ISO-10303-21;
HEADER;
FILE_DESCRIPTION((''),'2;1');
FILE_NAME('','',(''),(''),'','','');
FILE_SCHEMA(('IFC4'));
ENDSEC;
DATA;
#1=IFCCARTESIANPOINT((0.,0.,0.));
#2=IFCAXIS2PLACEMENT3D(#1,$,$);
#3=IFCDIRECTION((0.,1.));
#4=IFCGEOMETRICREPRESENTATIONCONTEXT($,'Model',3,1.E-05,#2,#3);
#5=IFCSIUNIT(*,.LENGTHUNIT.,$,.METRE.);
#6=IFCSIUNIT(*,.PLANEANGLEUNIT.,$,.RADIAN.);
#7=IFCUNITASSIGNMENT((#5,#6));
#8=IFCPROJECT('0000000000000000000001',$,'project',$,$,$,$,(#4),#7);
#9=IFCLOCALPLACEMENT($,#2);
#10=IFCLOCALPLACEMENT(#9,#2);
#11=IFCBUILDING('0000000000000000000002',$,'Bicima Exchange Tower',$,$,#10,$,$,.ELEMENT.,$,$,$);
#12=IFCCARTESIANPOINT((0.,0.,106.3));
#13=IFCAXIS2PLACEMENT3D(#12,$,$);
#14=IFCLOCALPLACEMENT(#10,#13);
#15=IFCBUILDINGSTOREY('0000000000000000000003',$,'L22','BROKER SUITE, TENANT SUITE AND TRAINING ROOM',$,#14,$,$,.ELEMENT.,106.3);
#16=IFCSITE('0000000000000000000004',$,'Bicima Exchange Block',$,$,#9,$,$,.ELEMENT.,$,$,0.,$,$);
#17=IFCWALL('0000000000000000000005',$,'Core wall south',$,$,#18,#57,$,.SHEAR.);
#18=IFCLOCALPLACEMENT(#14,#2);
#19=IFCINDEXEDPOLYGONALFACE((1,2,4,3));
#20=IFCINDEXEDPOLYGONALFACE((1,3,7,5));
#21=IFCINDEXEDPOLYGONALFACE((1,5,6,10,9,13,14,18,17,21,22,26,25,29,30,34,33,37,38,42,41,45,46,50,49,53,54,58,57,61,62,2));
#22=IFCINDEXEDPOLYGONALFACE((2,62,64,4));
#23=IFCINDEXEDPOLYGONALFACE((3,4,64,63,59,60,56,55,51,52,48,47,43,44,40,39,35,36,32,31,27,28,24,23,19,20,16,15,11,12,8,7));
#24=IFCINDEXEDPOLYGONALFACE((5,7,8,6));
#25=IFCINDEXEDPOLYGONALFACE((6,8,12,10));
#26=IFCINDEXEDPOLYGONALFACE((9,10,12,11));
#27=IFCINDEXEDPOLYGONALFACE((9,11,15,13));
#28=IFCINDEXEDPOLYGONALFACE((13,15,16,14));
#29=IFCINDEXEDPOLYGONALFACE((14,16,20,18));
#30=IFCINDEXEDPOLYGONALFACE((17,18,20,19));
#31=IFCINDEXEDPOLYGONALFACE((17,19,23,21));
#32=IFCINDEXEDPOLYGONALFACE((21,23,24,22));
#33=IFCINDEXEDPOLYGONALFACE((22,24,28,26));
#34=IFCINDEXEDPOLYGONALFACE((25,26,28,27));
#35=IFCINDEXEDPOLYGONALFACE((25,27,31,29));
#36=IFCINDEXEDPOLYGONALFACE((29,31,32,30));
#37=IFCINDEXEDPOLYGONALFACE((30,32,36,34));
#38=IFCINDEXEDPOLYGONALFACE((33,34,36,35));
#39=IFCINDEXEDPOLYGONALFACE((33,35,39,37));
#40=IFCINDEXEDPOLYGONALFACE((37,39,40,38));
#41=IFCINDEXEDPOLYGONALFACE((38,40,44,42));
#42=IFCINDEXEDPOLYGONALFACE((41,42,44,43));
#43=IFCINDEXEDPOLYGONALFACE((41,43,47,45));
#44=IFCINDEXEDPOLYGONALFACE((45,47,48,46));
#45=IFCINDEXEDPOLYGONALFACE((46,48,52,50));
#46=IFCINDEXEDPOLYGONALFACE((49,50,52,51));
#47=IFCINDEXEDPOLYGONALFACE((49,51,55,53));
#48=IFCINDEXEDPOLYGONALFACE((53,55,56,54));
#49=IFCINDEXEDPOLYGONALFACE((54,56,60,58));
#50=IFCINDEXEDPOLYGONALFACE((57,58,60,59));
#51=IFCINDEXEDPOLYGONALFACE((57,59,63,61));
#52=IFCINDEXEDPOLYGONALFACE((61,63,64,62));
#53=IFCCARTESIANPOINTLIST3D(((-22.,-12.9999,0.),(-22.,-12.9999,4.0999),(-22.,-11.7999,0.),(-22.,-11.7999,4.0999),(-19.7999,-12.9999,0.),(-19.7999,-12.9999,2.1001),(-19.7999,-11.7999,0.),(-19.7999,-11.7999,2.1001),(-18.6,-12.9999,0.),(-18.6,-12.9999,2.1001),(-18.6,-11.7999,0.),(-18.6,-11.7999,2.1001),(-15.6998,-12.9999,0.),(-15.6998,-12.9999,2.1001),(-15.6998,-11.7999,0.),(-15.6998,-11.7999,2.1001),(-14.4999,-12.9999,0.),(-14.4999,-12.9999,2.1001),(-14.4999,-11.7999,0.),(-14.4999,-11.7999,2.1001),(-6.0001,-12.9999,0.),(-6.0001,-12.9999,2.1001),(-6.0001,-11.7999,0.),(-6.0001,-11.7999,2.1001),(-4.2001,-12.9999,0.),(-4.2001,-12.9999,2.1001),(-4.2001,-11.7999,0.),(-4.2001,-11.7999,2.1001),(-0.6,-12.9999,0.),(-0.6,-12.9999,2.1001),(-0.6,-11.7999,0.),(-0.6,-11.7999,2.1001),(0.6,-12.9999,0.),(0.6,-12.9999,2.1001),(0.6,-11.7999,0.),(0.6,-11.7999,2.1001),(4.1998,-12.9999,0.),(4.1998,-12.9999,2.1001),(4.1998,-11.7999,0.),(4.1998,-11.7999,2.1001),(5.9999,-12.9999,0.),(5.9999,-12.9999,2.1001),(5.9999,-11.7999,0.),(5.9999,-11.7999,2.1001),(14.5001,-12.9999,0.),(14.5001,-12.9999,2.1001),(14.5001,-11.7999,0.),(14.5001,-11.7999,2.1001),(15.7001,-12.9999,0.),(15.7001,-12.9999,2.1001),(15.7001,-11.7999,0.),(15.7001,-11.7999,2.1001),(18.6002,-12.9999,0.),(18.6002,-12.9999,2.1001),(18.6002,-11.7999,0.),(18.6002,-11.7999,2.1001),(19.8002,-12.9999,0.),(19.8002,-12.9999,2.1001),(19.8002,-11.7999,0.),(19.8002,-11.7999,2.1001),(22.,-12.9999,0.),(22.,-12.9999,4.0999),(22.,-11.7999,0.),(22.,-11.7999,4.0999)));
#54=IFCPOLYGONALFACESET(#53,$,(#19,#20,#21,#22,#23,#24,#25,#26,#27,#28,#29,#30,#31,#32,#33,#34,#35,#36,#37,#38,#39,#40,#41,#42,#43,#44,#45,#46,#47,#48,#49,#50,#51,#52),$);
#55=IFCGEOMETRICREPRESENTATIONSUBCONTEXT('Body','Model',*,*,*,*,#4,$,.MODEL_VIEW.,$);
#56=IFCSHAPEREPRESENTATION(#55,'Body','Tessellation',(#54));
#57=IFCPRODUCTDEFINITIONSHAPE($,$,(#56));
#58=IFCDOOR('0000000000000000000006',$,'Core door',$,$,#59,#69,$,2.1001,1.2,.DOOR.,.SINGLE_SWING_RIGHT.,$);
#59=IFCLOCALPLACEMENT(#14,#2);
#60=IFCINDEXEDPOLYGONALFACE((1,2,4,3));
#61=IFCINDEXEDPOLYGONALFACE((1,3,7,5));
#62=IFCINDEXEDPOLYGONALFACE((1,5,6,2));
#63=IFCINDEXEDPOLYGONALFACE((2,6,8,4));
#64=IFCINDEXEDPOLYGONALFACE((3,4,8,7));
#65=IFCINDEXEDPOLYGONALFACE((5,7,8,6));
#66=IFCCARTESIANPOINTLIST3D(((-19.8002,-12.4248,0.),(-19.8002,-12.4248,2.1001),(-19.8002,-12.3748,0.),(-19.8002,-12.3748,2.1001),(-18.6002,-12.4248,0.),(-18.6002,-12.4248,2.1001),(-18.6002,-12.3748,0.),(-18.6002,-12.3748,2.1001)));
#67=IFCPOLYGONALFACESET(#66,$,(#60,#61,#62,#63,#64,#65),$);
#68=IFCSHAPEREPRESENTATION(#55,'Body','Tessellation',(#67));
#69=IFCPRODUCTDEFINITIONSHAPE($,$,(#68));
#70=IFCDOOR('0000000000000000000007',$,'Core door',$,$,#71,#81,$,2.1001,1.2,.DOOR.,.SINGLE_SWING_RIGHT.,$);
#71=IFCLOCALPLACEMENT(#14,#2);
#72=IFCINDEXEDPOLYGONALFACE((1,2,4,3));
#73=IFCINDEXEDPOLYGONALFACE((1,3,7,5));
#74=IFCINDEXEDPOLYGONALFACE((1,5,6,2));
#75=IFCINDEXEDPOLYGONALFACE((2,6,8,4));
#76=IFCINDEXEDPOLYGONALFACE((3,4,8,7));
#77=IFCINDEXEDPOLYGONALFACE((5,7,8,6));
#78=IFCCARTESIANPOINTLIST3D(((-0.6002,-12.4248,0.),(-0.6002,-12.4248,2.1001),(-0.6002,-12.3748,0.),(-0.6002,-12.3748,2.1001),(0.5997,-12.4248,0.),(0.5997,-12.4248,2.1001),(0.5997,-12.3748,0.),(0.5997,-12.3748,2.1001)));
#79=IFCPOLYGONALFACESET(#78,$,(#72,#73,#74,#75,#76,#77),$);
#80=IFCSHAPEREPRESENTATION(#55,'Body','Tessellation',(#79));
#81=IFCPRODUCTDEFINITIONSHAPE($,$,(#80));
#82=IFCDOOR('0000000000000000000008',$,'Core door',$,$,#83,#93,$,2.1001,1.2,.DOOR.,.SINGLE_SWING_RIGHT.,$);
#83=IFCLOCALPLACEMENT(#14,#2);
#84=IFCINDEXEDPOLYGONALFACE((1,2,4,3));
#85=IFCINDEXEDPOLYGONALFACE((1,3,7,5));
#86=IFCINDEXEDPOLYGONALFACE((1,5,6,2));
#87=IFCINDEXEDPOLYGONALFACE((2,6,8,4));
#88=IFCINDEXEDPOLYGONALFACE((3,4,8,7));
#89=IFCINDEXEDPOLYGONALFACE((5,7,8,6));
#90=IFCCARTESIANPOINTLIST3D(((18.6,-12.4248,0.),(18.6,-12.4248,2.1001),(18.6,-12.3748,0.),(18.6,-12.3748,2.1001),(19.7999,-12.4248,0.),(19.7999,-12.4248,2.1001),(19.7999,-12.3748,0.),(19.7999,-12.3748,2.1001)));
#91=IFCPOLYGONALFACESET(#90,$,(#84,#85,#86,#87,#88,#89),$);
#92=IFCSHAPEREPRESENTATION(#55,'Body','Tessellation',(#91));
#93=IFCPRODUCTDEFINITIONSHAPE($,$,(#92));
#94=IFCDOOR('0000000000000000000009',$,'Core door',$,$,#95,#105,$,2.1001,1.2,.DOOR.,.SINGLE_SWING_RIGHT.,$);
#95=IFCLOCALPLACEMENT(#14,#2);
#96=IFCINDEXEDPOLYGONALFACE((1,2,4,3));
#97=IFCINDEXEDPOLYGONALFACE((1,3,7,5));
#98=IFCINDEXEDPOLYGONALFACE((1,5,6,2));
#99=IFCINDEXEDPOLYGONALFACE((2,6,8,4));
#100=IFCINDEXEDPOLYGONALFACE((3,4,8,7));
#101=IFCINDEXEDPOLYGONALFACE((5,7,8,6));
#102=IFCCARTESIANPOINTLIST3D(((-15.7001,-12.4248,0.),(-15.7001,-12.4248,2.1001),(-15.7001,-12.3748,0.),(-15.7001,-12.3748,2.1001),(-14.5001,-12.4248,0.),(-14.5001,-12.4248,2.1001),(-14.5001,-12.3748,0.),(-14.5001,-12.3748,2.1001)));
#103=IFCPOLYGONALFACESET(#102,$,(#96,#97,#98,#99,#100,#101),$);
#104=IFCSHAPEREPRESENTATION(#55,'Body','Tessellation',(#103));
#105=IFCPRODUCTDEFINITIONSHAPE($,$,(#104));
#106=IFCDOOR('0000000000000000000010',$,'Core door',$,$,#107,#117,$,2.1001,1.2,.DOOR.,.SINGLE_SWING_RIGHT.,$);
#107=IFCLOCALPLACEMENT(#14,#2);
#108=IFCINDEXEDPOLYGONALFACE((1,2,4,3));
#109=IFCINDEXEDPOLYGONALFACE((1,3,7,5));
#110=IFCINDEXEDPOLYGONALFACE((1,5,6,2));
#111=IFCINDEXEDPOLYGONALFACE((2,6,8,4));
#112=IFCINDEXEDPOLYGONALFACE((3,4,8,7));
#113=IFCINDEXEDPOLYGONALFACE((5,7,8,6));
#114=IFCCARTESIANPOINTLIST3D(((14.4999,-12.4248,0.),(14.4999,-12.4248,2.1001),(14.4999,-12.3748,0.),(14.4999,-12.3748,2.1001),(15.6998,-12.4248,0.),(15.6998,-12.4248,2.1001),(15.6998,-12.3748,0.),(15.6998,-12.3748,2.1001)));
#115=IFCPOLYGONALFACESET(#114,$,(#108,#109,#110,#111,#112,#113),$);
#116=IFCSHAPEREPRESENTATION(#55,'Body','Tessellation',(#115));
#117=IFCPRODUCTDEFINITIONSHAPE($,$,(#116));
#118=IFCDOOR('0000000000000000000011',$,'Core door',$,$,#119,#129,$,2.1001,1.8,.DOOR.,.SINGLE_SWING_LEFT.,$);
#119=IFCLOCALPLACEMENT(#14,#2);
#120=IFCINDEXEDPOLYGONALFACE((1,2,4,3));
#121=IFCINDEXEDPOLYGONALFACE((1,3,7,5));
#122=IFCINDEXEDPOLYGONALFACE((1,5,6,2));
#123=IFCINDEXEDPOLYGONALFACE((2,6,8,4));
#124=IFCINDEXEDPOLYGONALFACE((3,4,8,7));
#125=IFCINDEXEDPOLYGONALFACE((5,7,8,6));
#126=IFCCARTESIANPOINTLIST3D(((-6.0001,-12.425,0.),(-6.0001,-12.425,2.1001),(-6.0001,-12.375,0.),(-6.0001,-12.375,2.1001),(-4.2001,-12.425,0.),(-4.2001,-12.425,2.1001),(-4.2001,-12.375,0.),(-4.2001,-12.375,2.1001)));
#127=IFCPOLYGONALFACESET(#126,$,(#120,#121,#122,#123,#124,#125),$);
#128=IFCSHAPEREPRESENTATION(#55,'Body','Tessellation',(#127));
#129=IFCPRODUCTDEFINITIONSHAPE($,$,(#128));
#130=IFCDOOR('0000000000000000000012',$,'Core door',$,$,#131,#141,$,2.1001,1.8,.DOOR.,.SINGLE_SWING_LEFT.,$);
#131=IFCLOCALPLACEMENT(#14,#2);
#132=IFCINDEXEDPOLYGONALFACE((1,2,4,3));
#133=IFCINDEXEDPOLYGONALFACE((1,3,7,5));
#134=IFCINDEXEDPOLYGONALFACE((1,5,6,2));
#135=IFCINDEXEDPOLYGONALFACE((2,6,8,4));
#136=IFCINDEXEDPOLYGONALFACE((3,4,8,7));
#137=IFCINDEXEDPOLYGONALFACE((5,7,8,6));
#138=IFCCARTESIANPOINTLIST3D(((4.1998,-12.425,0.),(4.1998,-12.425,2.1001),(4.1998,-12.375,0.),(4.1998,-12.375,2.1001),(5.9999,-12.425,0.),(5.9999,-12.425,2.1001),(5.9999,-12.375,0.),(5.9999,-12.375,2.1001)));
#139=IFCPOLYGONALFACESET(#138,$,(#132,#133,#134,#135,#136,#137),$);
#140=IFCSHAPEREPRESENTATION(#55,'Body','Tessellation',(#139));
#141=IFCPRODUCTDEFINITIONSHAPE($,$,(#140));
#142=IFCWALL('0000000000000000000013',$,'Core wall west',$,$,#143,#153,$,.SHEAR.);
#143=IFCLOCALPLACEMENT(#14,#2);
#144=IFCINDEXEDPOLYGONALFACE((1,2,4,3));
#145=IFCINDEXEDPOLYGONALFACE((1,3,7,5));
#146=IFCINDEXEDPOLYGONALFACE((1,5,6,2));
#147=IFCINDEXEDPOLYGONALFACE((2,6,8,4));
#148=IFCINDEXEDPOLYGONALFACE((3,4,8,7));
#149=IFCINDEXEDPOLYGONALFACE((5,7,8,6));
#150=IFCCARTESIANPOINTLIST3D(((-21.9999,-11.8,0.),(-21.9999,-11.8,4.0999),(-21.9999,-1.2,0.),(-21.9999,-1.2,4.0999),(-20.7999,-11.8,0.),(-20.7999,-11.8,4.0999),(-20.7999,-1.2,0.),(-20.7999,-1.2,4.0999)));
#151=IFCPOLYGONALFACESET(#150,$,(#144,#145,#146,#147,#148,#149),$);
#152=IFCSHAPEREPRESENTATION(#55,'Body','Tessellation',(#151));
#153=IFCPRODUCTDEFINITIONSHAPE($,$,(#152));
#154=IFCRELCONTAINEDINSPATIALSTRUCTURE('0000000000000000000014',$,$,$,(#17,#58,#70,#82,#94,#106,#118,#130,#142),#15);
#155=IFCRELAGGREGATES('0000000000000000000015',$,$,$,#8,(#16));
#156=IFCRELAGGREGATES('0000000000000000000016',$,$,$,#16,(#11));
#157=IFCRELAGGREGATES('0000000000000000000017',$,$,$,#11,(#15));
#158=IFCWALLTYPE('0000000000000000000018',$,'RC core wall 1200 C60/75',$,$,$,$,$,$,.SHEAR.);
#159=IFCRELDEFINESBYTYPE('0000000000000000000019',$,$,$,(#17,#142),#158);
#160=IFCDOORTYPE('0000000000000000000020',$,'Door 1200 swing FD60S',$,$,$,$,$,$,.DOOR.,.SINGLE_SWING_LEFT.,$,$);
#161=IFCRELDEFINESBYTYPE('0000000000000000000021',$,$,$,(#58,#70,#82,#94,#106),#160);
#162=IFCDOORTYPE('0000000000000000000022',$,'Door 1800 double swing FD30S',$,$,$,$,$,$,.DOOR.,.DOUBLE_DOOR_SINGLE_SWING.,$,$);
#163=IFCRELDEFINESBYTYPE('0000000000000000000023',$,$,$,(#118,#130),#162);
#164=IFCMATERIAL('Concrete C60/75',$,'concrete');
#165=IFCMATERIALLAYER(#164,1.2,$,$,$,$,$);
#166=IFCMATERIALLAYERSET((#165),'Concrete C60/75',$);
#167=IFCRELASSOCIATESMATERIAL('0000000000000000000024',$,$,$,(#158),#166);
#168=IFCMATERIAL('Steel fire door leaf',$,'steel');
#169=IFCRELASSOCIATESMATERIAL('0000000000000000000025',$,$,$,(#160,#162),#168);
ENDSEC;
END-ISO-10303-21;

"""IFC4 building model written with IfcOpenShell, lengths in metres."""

from ifc_helpers import new_model, si_unit, direction, frame, frame_2d, origin, place, context, subcontext, project, spatial, rectangle, extrude, material, layer, layer_set, type_object, element, fill, save


model = new_model("IFC4")

# Units and contexts
model_context = context("Model", 3, precision=1e-05, world=origin(), true_north=direction((0.0, 1.0)))
body_context = subcontext(model_context, "Body", "Model", "MODEL_VIEW")
ifc_project = project(units=[si_unit("LENGTHUNIT", "METRE"), si_unit("PLANEANGLEUNIT", "RADIAN")], contexts=[model_context])

# Site, building, storey
site_placement = place(None, origin())
site = spatial("IfcSite", under=ifc_project, at=site_placement, Name="Bicima Exchange Block", CompositionType="ELEMENT", RefElevation=0.0)
building_placement = place(site_placement, origin())
building = spatial("IfcBuilding", under=site, at=building_placement, Name="Bicima Exchange Tower", CompositionType="ELEMENT")
storey_placement = place(building_placement, frame((0.0, 0.0, 106.3)))
storey = spatial("IfcBuildingStorey", under=building, at=storey_placement, Name="L22", Description="BROKER SUITE, TENANT SUITE AND TRAINING ROOM", CompositionType="ELEMENT", Elevation=106.3)

# Shared definitions
ifc_material_1 = material(Name="Steel fire door leaf", Category="steel")

# Wall, openings, doors
ifc_material_2 = material(Name="Concrete C60/75", Category="concrete")
ifc_layer_1 = layer(ifc_material_2, 1.2)
ifc_layer_set_1 = layer_set([ifc_layer_1], Name="Concrete C60/75")
wall_type_1 = type_object("IfcWallType", Name="RC core wall 1200 C60/75", PredefinedType="SHEAR", material=ifc_layer_set_1)
wall_1_placement = place(storey_placement, frame((-22.0, -12.3999, 0.0), z_axis=(0.0, 0.0, 1.0), x_axis=(1.0, 0.0, 0.0)))
wall_1 = element("IfcWall", 1, at=wall_1_placement, inside=storey, type_object=wall_type_1, Name="Core wall south", PredefinedType="SHEAR", context=body_context, shape_type="SweptSolid", body=[
    extrude(rectangle(XDim=44.0, YDim=1.2, at=frame_2d((22.0, 0.0))), origin(), (0.0, 0.0, 1.0), 4.0999),
])
opening_1_placement = place(wall_1_placement, frame((2.2, 0.0, 0.0)))
opening_1 = element("IfcOpeningElement", 2, at=opening_1_placement, cuts=wall_1, PredefinedType="OPENING", context=body_context, shape_type="SweptSolid", body=[
    extrude(rectangle(XDim=1.2, YDim=2.1001, at=frame_2d((0.6001, 1.05))), frame((0.0, 0.6118, 0.0), z_axis=(0.0, -1.0, 0.0), x_axis=(1.0, 0.0, 0.0)), (0.0, 0.0, 1.0), 1.2239),
])
opening_2_placement = place(wall_1_placement, frame((21.3999, 0.0, 0.0)))
opening_2 = element("IfcOpeningElement", 3, at=opening_2_placement, cuts=wall_1, PredefinedType="OPENING", context=body_context, shape_type="SweptSolid", body=[
    extrude(rectangle(XDim=1.2, YDim=2.1001, at=frame_2d((0.6001, 1.05))), frame((0.0, 0.6118, 0.0), z_axis=(0.0, -1.0, 0.0), x_axis=(1.0, 0.0, 0.0)), (0.0, 0.0, 1.0), 1.2239),
])
opening_3_placement = place(wall_1_placement, frame((40.6001, 0.0, 0.0)))
opening_3 = element("IfcOpeningElement", 4, at=opening_3_placement, cuts=wall_1, PredefinedType="OPENING", context=body_context, shape_type="SweptSolid", body=[
    extrude(rectangle(XDim=1.2, YDim=2.1001, at=frame_2d((0.6001, 1.05))), frame((0.0, 0.6118, 0.0), z_axis=(0.0, -1.0, 0.0), x_axis=(1.0, 0.0, 0.0)), (0.0, 0.0, 1.0), 1.2239),
])
opening_4_placement = place(wall_1_placement, frame((16.0, 0.0, 0.0)))
opening_4 = element("IfcOpeningElement", 5, at=opening_4_placement, cuts=wall_1, PredefinedType="OPENING", context=body_context, shape_type="SweptSolid", body=[
    extrude(rectangle(XDim=1.8, YDim=2.1001, at=frame_2d((0.8999, 1.05))), frame((0.0, 0.6118, 0.0), z_axis=(0.0, -1.0, 0.0), x_axis=(1.0, 0.0, 0.0)), (0.0, 0.0, 1.0), 1.2239),
])
opening_5_placement = place(wall_1_placement, frame((6.3, 0.0, 0.0)))
opening_5 = element("IfcOpeningElement", 6, at=opening_5_placement, cuts=wall_1, PredefinedType="OPENING", context=body_context, shape_type="SweptSolid", body=[
    extrude(rectangle(XDim=1.2, YDim=2.1001, at=frame_2d((0.6001, 1.05))), frame((0.0, 0.6118, 0.0), z_axis=(0.0, -1.0, 0.0), x_axis=(1.0, 0.0, 0.0)), (0.0, 0.0, 1.0), 1.2239),
])
opening_6_placement = place(wall_1_placement, frame((26.2, 0.0, 0.0)))
opening_6 = element("IfcOpeningElement", 7, at=opening_6_placement, cuts=wall_1, PredefinedType="OPENING", context=body_context, shape_type="SweptSolid", body=[
    extrude(rectangle(XDim=1.8, YDim=2.1001, at=frame_2d((0.8999, 1.05))), frame((0.0, 0.6118, 0.0), z_axis=(0.0, -1.0, 0.0), x_axis=(1.0, 0.0, 0.0)), (0.0, 0.0, 1.0), 1.2239),
])
opening_7_placement = place(wall_1_placement, frame((36.5, 0.0, 0.0)))
opening_7 = element("IfcOpeningElement", 8, at=opening_7_placement, cuts=wall_1, PredefinedType="OPENING", context=body_context, shape_type="SweptSolid", body=[
    extrude(rectangle(XDim=1.2, YDim=2.1001, at=frame_2d((0.6001, 1.05))), frame((0.0, 0.6118, 0.0), z_axis=(0.0, -1.0, 0.0), x_axis=(1.0, 0.0, 0.0)), (0.0, 0.0, 1.0), 1.2239),
])
door_type_1 = type_object("IfcDoorType", Name="Door 1200 swing FD60S", OperationType="SINGLE_SWING_LEFT", PredefinedType="DOOR", material=ifc_material_1)
door_1_placement = place(opening_1_placement, frame((1.2, 0.0, 0.0), z_axis=(0.0, 0.0, 1.0), x_axis=(-1.0, 0.0, 0.0)))
door_1 = element("IfcDoor", 9, at=door_1_placement, inside=storey, type_object=door_type_1, Name="Core door", OperationType="SINGLE_SWING_RIGHT", OverallHeight=2.1001, OverallWidth=1.2, PredefinedType="DOOR", context=body_context, shape_type="SweptSolid", body=[
    extrude(rectangle(XDim=1.2, YDim=2.1001, at=frame_2d((0.6001, 1.05))), frame((0.0, 0.0249, 0.0), z_axis=(0.0, -1.0, 0.0), x_axis=(1.0, 0.0, 0.0)), (0.0, 0.0, 1.0), 0.05),
])
fill(opening_1, door_1)
door_2_placement = place(opening_2_placement, frame((1.2, 0.0, 0.0), z_axis=(0.0, 0.0, 1.0), x_axis=(-1.0, 0.0, 0.0)))
door_2 = element("IfcDoor", 10, at=door_2_placement, inside=storey, type_object=door_type_1, Name="Core door", OperationType="SINGLE_SWING_RIGHT", OverallHeight=2.1001, OverallWidth=1.2, PredefinedType="DOOR", context=body_context, shape_type="SweptSolid", body=[
    extrude(rectangle(XDim=1.2, YDim=2.1001, at=frame_2d((0.6001, 1.05))), frame((0.0, 0.0249, 0.0), z_axis=(0.0, -1.0, 0.0), x_axis=(1.0, 0.0, 0.0)), (0.0, 0.0, 1.0), 0.05),
])
fill(opening_2, door_2)
door_3_placement = place(opening_3_placement, frame((1.2, 0.0, 0.0), z_axis=(0.0, 0.0, 1.0), x_axis=(-1.0, 0.0, 0.0)))
door_3 = element("IfcDoor", 11, at=door_3_placement, inside=storey, type_object=door_type_1, Name="Core door", OperationType="SINGLE_SWING_RIGHT", OverallHeight=2.1001, OverallWidth=1.2, PredefinedType="DOOR", context=body_context, shape_type="SweptSolid", body=[
    extrude(rectangle(XDim=1.2, YDim=2.1001, at=frame_2d((0.6001, 1.05))), frame((0.0, 0.0249, 0.0), z_axis=(0.0, -1.0, 0.0), x_axis=(1.0, 0.0, 0.0)), (0.0, 0.0, 1.0), 0.05),
])
fill(opening_3, door_3)
door_4_placement = place(opening_5_placement, frame((1.2, 0.0, 0.0), z_axis=(0.0, 0.0, 1.0), x_axis=(-1.0, 0.0, 0.0)))
door_4 = element("IfcDoor", 12, at=door_4_placement, inside=storey, type_object=door_type_1, Name="Core door", OperationType="SINGLE_SWING_RIGHT", OverallHeight=2.1001, OverallWidth=1.2, PredefinedType="DOOR", context=body_context, shape_type="SweptSolid", body=[
    extrude(rectangle(XDim=1.2, YDim=2.1001, at=frame_2d((0.6001, 1.05))), frame((0.0, 0.0249, 0.0), z_axis=(0.0, -1.0, 0.0), x_axis=(1.0, 0.0, 0.0)), (0.0, 0.0, 1.0), 0.05),
])
fill(opening_5, door_4)
door_5_placement = place(opening_7_placement, frame((1.2, 0.0, 0.0), z_axis=(0.0, 0.0, 1.0), x_axis=(-1.0, 0.0, 0.0)))
door_5 = element("IfcDoor", 13, at=door_5_placement, inside=storey, type_object=door_type_1, Name="Core door", OperationType="SINGLE_SWING_RIGHT", OverallHeight=2.1001, OverallWidth=1.2, PredefinedType="DOOR", context=body_context, shape_type="SweptSolid", body=[
    extrude(rectangle(XDim=1.2, YDim=2.1001, at=frame_2d((0.6001, 1.05))), frame((0.0, 0.0249, 0.0), z_axis=(0.0, -1.0, 0.0), x_axis=(1.0, 0.0, 0.0)), (0.0, 0.0, 1.0), 0.05),
])
fill(opening_7, door_5)
door_type_2 = type_object("IfcDoorType", Name="Door 1800 double swing FD30S", OperationType="DOUBLE_DOOR_SINGLE_SWING", PredefinedType="DOOR", material=ifc_material_1)
door_6_placement = place(opening_4_placement, origin())
door_6 = element("IfcDoor", 14, at=door_6_placement, inside=storey, type_object=door_type_2, Name="Core door", OperationType="SINGLE_SWING_LEFT", OverallHeight=2.1001, OverallWidth=1.8, PredefinedType="DOOR", context=body_context, shape_type="SweptSolid", body=[
    extrude(rectangle(XDim=1.8, YDim=2.1001, at=frame_2d((0.8999, 1.05))), frame((0.0, 0.0249, 0.0), z_axis=(0.0, -1.0, 0.0), x_axis=(1.0, 0.0, 0.0)), (0.0, 0.0, 1.0), 0.05),
])
fill(opening_4, door_6)
door_7_placement = place(opening_6_placement, origin())
door_7 = element("IfcDoor", 15, at=door_7_placement, inside=storey, type_object=door_type_2, Name="Core door", OperationType="SINGLE_SWING_LEFT", OverallHeight=2.1001, OverallWidth=1.8, PredefinedType="DOOR", context=body_context, shape_type="SweptSolid", body=[
    extrude(rectangle(XDim=1.8, YDim=2.1001, at=frame_2d((0.8999, 1.05))), frame((0.0, 0.0249, 0.0), z_axis=(0.0, -1.0, 0.0), x_axis=(1.0, 0.0, 0.0)), (0.0, 0.0, 1.0), 0.05),
])
fill(opening_6, door_7)

# Wall
wall_2_placement = place(storey_placement, frame((-21.3999, -11.8, 0.0), z_axis=(0.0, 0.0, 1.0), x_axis=(0.0, 1.0, 0.0)))
element("IfcWall", 16, at=wall_2_placement, inside=storey, type_object=wall_type_1, Name="Core wall west", PredefinedType="SHEAR", context=body_context, shape_type="SweptSolid", body=[
    extrude(rectangle(XDim=10.6001, YDim=1.2, at=frame_2d((5.3, 0.0))), origin(), (0.0, 0.0, 1.0), 4.0999),
])

save(model, "model.ifc")
